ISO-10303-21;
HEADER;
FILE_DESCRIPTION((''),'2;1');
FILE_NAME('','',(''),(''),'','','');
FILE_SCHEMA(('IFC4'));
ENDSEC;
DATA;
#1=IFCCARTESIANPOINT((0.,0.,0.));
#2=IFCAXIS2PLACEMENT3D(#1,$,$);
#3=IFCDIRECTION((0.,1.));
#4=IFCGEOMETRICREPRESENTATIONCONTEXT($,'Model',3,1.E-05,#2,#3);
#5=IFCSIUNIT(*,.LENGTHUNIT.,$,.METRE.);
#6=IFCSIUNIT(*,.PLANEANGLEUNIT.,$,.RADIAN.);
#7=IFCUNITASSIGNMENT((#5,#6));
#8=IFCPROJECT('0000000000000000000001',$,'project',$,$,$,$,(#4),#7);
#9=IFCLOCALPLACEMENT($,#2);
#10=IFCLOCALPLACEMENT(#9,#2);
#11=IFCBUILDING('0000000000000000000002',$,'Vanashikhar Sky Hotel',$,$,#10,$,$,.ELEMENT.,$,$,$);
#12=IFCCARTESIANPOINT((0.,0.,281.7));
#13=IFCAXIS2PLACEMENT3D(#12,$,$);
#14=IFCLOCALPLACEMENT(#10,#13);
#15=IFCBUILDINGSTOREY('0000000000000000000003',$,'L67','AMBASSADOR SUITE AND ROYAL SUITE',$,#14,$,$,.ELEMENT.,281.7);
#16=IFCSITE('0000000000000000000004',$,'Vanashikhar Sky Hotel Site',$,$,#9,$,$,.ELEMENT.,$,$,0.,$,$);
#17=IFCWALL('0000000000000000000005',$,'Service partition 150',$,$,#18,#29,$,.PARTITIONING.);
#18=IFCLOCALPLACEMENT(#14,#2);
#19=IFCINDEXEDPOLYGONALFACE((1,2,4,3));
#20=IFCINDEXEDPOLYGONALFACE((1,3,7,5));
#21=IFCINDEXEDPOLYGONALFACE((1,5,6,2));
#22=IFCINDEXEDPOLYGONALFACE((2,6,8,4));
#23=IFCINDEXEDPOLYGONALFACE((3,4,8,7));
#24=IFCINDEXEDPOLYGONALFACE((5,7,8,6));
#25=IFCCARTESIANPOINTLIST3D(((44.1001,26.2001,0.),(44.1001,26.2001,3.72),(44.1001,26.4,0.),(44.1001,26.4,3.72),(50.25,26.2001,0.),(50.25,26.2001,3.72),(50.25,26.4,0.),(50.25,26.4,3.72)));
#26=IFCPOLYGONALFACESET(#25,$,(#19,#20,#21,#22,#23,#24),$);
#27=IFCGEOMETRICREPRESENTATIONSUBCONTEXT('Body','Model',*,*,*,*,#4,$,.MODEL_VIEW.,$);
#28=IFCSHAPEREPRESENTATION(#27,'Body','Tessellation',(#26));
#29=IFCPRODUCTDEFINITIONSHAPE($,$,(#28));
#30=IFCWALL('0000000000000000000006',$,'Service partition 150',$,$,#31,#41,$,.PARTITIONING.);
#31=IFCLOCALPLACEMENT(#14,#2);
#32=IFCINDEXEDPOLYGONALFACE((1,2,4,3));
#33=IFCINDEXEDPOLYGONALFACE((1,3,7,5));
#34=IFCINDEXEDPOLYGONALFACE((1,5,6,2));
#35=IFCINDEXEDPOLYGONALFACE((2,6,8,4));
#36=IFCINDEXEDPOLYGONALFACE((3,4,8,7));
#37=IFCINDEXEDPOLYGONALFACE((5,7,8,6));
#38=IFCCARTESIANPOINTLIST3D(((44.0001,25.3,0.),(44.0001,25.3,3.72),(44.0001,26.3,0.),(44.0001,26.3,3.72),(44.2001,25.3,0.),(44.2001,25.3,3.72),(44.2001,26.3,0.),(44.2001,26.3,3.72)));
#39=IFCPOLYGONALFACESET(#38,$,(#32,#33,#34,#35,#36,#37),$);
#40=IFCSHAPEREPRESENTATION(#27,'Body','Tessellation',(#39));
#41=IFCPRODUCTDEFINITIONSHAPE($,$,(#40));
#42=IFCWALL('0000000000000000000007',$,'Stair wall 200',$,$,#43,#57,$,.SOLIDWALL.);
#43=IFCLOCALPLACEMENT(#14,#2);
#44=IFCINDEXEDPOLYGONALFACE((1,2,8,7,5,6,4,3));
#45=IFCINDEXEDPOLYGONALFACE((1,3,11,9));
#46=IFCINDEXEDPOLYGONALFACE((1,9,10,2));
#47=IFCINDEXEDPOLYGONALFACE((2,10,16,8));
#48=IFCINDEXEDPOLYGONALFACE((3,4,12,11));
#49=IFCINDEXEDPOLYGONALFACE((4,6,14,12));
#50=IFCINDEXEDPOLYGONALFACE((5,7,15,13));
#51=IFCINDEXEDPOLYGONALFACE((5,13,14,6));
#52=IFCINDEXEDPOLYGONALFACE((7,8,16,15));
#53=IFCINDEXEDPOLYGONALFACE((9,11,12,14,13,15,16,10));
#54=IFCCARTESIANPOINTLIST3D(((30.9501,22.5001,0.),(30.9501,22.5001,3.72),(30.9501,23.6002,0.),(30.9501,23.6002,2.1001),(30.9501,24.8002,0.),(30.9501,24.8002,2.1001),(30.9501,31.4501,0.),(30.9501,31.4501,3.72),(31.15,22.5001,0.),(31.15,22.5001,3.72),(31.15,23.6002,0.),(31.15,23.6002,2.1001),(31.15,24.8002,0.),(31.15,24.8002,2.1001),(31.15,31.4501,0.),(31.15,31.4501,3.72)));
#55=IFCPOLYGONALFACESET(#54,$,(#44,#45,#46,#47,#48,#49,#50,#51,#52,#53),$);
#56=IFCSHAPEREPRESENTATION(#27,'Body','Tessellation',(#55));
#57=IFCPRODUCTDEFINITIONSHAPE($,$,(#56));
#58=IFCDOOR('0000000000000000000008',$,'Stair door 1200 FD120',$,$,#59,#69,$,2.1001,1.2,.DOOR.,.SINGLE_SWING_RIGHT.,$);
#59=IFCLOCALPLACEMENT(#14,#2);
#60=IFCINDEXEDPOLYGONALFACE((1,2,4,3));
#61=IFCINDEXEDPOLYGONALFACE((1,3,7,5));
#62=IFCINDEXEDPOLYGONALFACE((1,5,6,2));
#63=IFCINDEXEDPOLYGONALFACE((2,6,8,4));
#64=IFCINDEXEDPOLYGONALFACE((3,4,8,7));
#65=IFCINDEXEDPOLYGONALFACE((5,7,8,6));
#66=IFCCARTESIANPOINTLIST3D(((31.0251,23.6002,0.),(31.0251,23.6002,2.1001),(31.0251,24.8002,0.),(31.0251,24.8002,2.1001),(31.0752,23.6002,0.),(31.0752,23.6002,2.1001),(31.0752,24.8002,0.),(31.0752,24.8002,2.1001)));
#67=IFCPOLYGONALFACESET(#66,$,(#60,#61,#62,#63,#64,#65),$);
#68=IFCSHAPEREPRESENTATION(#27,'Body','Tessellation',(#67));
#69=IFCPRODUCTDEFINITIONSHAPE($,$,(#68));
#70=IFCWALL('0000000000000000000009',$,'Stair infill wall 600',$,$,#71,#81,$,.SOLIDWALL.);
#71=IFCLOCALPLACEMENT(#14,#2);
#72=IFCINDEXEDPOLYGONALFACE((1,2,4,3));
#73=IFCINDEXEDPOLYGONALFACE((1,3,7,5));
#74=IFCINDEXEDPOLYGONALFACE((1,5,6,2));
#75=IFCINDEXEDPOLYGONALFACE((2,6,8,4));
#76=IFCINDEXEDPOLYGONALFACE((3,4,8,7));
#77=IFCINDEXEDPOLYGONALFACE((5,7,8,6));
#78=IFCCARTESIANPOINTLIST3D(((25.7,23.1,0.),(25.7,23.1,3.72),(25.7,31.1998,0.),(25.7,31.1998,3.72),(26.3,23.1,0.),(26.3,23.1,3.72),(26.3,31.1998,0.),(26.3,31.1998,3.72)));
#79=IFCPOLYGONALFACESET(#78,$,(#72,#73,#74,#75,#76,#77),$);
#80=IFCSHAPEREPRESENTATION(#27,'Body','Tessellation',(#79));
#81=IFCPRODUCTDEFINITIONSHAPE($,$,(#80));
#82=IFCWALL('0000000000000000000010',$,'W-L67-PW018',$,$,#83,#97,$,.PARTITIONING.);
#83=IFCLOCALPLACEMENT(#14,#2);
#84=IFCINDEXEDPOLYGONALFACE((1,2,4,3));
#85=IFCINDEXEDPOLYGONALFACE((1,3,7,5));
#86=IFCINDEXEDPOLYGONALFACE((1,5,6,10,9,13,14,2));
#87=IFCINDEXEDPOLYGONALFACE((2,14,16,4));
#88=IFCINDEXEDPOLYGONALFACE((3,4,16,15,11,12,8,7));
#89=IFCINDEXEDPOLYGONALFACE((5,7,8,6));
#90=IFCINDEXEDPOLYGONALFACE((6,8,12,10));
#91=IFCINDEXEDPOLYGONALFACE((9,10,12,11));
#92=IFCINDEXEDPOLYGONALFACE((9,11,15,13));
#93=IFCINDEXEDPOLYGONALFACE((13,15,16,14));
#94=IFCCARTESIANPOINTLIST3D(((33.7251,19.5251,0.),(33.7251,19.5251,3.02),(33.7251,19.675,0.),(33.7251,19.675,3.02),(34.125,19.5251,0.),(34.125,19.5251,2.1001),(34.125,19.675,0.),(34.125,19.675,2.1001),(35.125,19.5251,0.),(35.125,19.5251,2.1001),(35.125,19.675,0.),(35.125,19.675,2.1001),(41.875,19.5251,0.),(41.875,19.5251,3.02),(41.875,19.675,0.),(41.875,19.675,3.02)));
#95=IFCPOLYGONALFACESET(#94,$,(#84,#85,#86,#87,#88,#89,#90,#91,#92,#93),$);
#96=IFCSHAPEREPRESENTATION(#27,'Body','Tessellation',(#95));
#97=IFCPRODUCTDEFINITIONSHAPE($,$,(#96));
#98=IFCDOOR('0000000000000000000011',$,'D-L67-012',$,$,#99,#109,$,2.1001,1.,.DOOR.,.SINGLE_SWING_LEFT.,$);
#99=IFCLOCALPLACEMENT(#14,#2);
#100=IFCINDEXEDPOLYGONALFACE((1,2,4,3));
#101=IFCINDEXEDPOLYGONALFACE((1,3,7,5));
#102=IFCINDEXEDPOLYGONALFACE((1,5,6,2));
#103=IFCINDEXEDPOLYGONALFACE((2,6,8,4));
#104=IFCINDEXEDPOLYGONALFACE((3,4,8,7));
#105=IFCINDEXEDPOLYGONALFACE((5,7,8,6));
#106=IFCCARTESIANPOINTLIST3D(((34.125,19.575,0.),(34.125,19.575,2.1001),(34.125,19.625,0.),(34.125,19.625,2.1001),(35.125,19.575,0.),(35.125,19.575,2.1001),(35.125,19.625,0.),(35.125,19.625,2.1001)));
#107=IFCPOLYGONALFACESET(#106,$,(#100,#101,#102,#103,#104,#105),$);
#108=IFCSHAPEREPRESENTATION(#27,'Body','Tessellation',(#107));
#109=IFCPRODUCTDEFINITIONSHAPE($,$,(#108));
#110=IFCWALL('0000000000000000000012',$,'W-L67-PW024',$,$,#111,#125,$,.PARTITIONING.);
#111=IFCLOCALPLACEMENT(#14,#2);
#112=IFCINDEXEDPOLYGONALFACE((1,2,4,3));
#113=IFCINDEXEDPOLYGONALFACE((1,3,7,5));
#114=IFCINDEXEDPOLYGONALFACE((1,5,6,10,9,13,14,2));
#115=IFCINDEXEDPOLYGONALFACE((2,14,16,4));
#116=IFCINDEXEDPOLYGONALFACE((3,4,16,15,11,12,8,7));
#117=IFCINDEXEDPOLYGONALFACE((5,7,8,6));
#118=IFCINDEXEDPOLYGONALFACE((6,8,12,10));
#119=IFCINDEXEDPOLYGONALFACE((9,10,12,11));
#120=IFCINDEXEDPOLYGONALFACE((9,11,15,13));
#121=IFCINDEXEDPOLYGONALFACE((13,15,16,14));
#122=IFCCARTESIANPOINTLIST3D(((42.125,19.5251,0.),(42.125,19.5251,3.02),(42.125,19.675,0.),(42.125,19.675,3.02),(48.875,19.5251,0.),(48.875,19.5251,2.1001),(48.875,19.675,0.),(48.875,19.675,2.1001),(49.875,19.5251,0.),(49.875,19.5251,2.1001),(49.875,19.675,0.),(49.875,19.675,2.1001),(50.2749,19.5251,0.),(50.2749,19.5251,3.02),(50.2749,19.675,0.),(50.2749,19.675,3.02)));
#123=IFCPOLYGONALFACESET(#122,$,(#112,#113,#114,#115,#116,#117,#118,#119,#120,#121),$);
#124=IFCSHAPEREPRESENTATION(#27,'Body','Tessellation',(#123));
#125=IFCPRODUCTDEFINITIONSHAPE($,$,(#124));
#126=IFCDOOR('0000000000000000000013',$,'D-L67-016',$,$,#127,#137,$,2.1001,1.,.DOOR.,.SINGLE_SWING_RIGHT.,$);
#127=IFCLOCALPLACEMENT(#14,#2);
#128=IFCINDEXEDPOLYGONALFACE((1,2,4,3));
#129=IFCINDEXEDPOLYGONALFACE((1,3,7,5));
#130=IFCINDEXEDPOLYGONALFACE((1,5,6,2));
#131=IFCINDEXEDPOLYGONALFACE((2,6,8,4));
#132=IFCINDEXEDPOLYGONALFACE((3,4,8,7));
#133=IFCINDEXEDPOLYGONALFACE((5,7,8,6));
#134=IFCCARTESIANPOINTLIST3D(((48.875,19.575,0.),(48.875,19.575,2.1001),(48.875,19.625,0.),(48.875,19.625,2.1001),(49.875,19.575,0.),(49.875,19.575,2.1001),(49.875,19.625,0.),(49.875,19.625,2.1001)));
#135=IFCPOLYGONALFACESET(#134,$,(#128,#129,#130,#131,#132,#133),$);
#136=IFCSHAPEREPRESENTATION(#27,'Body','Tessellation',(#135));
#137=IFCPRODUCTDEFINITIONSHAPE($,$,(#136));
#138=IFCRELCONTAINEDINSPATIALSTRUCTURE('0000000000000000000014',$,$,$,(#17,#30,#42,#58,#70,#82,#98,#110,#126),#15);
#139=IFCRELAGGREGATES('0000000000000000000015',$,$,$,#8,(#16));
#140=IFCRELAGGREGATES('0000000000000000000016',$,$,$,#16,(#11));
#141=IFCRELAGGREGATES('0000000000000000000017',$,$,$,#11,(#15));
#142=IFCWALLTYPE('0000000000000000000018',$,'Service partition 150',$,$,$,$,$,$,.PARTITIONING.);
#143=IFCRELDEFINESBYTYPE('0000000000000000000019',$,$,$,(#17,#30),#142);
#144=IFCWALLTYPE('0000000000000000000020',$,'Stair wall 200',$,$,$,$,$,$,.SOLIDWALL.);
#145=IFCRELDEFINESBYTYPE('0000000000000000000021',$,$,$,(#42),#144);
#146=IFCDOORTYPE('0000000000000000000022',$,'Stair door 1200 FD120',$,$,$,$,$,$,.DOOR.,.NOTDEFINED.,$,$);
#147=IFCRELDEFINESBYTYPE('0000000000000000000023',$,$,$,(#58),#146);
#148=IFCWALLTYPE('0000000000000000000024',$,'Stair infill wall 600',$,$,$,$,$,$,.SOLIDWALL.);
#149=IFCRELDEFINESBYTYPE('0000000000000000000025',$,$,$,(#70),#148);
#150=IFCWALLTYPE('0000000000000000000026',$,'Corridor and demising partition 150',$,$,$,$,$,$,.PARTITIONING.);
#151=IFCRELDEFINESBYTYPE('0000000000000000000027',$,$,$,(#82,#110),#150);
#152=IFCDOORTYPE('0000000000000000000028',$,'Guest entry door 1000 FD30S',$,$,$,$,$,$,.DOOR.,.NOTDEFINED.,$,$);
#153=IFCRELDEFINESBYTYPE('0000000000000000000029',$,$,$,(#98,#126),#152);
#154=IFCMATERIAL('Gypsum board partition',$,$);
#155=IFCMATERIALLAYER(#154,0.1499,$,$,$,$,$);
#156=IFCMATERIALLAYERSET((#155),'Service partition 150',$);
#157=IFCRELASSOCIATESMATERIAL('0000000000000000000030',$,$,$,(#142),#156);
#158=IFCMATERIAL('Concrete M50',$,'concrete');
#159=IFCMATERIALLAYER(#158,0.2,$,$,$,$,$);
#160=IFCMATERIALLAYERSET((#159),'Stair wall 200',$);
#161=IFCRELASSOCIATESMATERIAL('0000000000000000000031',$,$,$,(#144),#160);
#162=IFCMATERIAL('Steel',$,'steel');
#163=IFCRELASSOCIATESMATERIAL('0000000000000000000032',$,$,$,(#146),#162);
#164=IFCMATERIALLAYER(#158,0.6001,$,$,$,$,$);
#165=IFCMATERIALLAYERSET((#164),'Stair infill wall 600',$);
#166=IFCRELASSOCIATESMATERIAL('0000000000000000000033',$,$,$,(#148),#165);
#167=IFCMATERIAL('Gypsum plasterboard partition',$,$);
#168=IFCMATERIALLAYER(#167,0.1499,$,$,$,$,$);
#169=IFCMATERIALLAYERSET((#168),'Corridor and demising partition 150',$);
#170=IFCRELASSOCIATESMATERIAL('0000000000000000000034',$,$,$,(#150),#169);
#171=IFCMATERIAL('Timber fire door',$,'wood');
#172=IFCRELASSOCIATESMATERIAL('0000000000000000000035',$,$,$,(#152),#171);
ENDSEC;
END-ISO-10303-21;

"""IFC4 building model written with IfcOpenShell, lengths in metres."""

from ifc_helpers import new_model, si_unit, direction, frame, frame_2d, origin, place, context, subcontext, project, spatial, rectangle, extrude, source, transform, mapped, material, layer, layer_set, type_object, element, fill, save


model = new_model("IFC4")

# Units and contexts
model_context = context("Model", 3, precision=1e-05, world=origin(), true_north=direction((0.0, 1.0)))
body_context = subcontext(model_context, "Body", "Model", "MODEL_VIEW")
ifc_project = project(units=[si_unit("LENGTHUNIT", "METRE"), si_unit("PLANEANGLEUNIT", "RADIAN")], contexts=[model_context])

# Site, building, storey
site_placement = place(None, origin())
site = spatial("IfcSite", under=ifc_project, at=site_placement, Name="Vanashikhar Sky Hotel Site", CompositionType="ELEMENT", RefElevation=0.0)
building_placement = place(site_placement, origin())
building = spatial("IfcBuilding", under=site, at=building_placement, Name="Vanashikhar Sky Hotel", CompositionType="ELEMENT")
storey_placement = place(building_placement, frame((0.0, 0.0, 281.7)))
storey = spatial("IfcBuildingStorey", under=building, at=storey_placement, Name="L67", Description="AMBASSADOR SUITE AND ROYAL SUITE", CompositionType="ELEMENT", Elevation=281.7)

# Shared definitions
ifc_material_1 = material(Name="Concrete M50", Category="concrete")

# Shared definitions
ifc_material_2 = material(Name="Steel", Category="steel")

# Shared definitions
ifc_material_3 = material(Name="Gypsum board partition")
ifc_layer_1 = layer(ifc_material_3, 0.1499)
ifc_layer_set_1 = layer_set([ifc_layer_1], Name="Service partition 150")
wall_type_1 = type_object("IfcWallType", Name="Service partition 150", PredefinedType="PARTITIONING", material=ifc_layer_set_1)

# Walls
shared_shape_1 = source(origin(), body_context, "Body", "SweptSolid", [
    extrude(rectangle(XDim=6.1499, YDim=0.2, at=frame_2d((3.075, 0.0))), origin(), (0.0, 0.0, 1.0), 3.72),
])
wall_1_placement = place(storey_placement, frame((44.1001, 26.3, 0.0), z_axis=(0.0, 0.0, 1.0), x_axis=(1.0, 0.0, 0.0)))
element("IfcWall", 1, at=wall_1_placement, inside=storey, type_object=wall_type_1, Name="Service partition 150", PredefinedType="PARTITIONING", context=body_context, shape_type="MappedRepresentation", body=[
    mapped(shared_shape_1, transform((0.0, 0.0, 0.0), scale=1.0)),
])
shared_shape_2 = source(origin(), body_context, "Body", "SweptSolid", [
    extrude(rectangle(XDim=1.0, YDim=0.2, at=frame_2d((0.5, 0.0))), origin(), (0.0, 0.0, 1.0), 3.72),
])
wall_2_placement = place(storey_placement, frame((44.1001, 25.3, 0.0), z_axis=(0.0, 0.0, 1.0), x_axis=(0.0, 1.0, 0.0)))
element("IfcWall", 2, at=wall_2_placement, inside=storey, type_object=wall_type_1, Name="Service partition 150", PredefinedType="PARTITIONING", context=body_context, shape_type="MappedRepresentation", body=[
    mapped(shared_shape_2, transform((0.0, 0.0, 0.0), scale=1.0)),
])

# Wall, opening, door
ifc_layer_2 = layer(ifc_material_1, 0.2)
ifc_layer_set_2 = layer_set([ifc_layer_2], Name="Stair wall 200")
wall_type_2 = type_object("IfcWallType", Name="Stair wall 200", PredefinedType="SOLIDWALL", material=ifc_layer_set_2)
shared_shape_3 = source(origin(), body_context, "Body", "SweptSolid", [
    extrude(rectangle(XDim=8.95, YDim=0.2, at=frame_2d((4.4751, 0.0))), origin(), (0.0, 0.0, 1.0), 3.72),
])
wall_3_placement = place(storey_placement, frame((31.05, 22.5, 0.0), z_axis=(0.0, 0.0, 1.0), x_axis=(0.0, 1.0, 0.0)))
wall_3 = element("IfcWall", 3, at=wall_3_placement, inside=storey, type_object=wall_type_2, Name="Stair wall 200", PredefinedType="SOLIDWALL", context=body_context, shape_type="MappedRepresentation", body=[
    mapped(shared_shape_3, transform((0.0, 0.0, 0.0), scale=1.0)),
])
shared_shape_4 = source(origin(), body_context, "Body", "SweptSolid", [
    extrude(rectangle(XDim=1.2, YDim=2.1001, at=frame_2d((0.6001, 1.05))), frame((0.0, 0.1099, 0.0), z_axis=(0.0, -1.0, 0.0), x_axis=(1.0, 0.0, 0.0)), (0.0, 0.0, 1.0), 0.22),
])
opening_1_placement = place(wall_3_placement, frame((1.1001, 0.0, 0.0)))
opening_1 = element("IfcOpeningElement", 4, at=opening_1_placement, cuts=wall_3, PredefinedType="OPENING", context=body_context, shape_type="MappedRepresentation", body=[
    mapped(shared_shape_4, transform((0.0, 0.0, 0.0), scale=1.0)),
])
door_type_1 = type_object("IfcDoorType", Name="Stair door 1200 FD120", OperationType="NOTDEFINED", PredefinedType="DOOR", material=ifc_material_2)
shared_shape_5 = source(origin(), body_context, "Body", "SweptSolid", [
    extrude(rectangle(XDim=1.2, YDim=2.1001, at=frame_2d((0.6001, 1.05))), frame((0.0, 0.0249, 0.0), z_axis=(0.0, -1.0, 0.0), x_axis=(1.0, 0.0, 0.0)), (0.0, 0.0, 1.0), 0.05),
])
door_1_placement = place(opening_1_placement, origin())
door_1 = element("IfcDoor", 5, at=door_1_placement, inside=storey, type_object=door_type_1, Name="Stair door 1200 FD120", OperationType="SINGLE_SWING_RIGHT", OverallHeight=2.1001, OverallWidth=1.2, PredefinedType="DOOR", context=body_context, shape_type="MappedRepresentation", body=[
    mapped(shared_shape_5, transform((0.0, 0.0, 0.0), scale=1.0)),
])
fill(opening_1, door_1)

# Wall
ifc_layer_3 = layer(ifc_material_1, 0.6001)
ifc_layer_set_3 = layer_set([ifc_layer_3], Name="Stair infill wall 600")
wall_type_3 = type_object("IfcWallType", Name="Stair infill wall 600", PredefinedType="SOLIDWALL", material=ifc_layer_set_3)
shared_shape_6 = source(origin(), body_context, "Body", "SweptSolid", [
    extrude(rectangle(XDim=8.0999, YDim=0.6001, at=frame_2d((4.0498, 0.0))), origin(), (0.0, 0.0, 1.0), 3.72),
])
wall_4_placement = place(storey_placement, frame((26.0, 23.1001, 0.0), z_axis=(0.0, 0.0, 1.0), x_axis=(0.0, 1.0, 0.0)))
element("IfcWall", 6, at=wall_4_placement, inside=storey, type_object=wall_type_3, Name="Stair infill wall 600", PredefinedType="SOLIDWALL", context=body_context, shape_type="MappedRepresentation", body=[
    mapped(shared_shape_6, transform((0.0, 0.0, 0.0), scale=1.0)),
])

# Walls, openings, doors
ifc_material_4 = material(Name="Gypsum plasterboard partition")
ifc_layer_4 = layer(ifc_material_4, 0.1499)
ifc_layer_set_4 = layer_set([ifc_layer_4], Name="Corridor and demising partition 150")
wall_type_4 = type_object("IfcWallType", Name="Corridor and demising partition 150", PredefinedType="PARTITIONING", material=ifc_layer_set_4)
shared_shape_7 = source(origin(), body_context, "Body", "SweptSolid", [
    extrude(rectangle(XDim=8.1499, YDim=0.1499, at=frame_2d((4.075, 0.0))), origin(), (0.0, 0.0, 1.0), 3.02),
])
wall_5_placement = place(storey_placement, frame((33.7251, 19.6001, 0.0), z_axis=(0.0, 0.0, 1.0), x_axis=(1.0, 0.0, 0.0)))
wall_5 = element("IfcWall", 7, at=wall_5_placement, inside=storey, type_object=wall_type_4, Name="W-L67-PW018", PredefinedType="PARTITIONING", context=body_context, shape_type="MappedRepresentation", body=[
    mapped(shared_shape_7, transform((0.0, 0.0, 0.0), scale=1.0)),
])
shared_shape_8 = source(origin(), body_context, "Body", "SweptSolid", [
    extrude(rectangle(XDim=1.0, YDim=2.1001, at=frame_2d((0.5, 1.05))), frame((0.0, 0.085, 0.0), z_axis=(0.0, -1.0, 0.0), x_axis=(1.0, 0.0, 0.0)), (0.0, 0.0, 1.0), 0.1699),
])
opening_2_placement = place(wall_5_placement, frame((0.3999, 0.0, 0.0)))
opening_2 = element("IfcOpeningElement", 8, at=opening_2_placement, cuts=wall_5, PredefinedType="OPENING", context=body_context, shape_type="MappedRepresentation", body=[
    mapped(shared_shape_8, transform((0.0, 0.0, 0.0), scale=1.0)),
])
ifc_material_5 = material(Name="Timber fire door", Category="wood")
door_type_2 = type_object("IfcDoorType", Name="Guest entry door 1000 FD30S", OperationType="NOTDEFINED", PredefinedType="DOOR", material=ifc_material_5)
shared_shape_9 = source(origin(), body_context, "Body", "SweptSolid", [
    extrude(rectangle(XDim=1.0, YDim=2.1001, at=frame_2d((0.5, 1.05))), frame((0.0, 0.0249, 0.0), z_axis=(0.0, -1.0, 0.0), x_axis=(1.0, 0.0, 0.0)), (0.0, 0.0, 1.0), 0.05),
])
door_2_placement = place(opening_2_placement, origin())
door_2 = element("IfcDoor", 9, at=door_2_placement, inside=storey, type_object=door_type_2, Name="D-L67-012", OperationType="SINGLE_SWING_LEFT", OverallHeight=2.1001, OverallWidth=1.0, PredefinedType="DOOR", context=body_context, shape_type="MappedRepresentation", body=[
    mapped(shared_shape_9, transform((0.0, 0.0, 0.0), scale=1.0)),
])
fill(opening_2, door_2)
wall_6_placement = place(storey_placement, frame((42.125, 19.6001, 0.0), z_axis=(0.0, 0.0, 1.0), x_axis=(1.0, 0.0, 0.0)))
wall_6 = element("IfcWall", 10, at=wall_6_placement, inside=storey, type_object=wall_type_4, Name="W-L67-PW024", PredefinedType="PARTITIONING", context=body_context, shape_type="MappedRepresentation", body=[
    mapped(shared_shape_7, transform((0.0, 0.0, 0.0), scale=1.0)),
])
opening_3_placement = place(wall_6_placement, frame((6.75, 0.0, 0.0)))
opening_3 = element("IfcOpeningElement", 11, at=opening_3_placement, cuts=wall_6, PredefinedType="OPENING", context=body_context, shape_type="MappedRepresentation", body=[
    mapped(shared_shape_8, transform((0.0, 0.0, 0.0), scale=1.0)),
])
door_3_placement = place(opening_3_placement, origin())
door_3 = element("IfcDoor", 12, at=door_3_placement, inside=storey, type_object=door_type_2, Name="D-L67-016", OperationType="SINGLE_SWING_RIGHT", OverallHeight=2.1001, OverallWidth=1.0, PredefinedType="DOOR", context=body_context, shape_type="MappedRepresentation", body=[
    mapped(shared_shape_9, transform((0.0, 0.0, 0.0), scale=1.0)),
])
fill(opening_3, door_3)

save(model, "model.ifc")
